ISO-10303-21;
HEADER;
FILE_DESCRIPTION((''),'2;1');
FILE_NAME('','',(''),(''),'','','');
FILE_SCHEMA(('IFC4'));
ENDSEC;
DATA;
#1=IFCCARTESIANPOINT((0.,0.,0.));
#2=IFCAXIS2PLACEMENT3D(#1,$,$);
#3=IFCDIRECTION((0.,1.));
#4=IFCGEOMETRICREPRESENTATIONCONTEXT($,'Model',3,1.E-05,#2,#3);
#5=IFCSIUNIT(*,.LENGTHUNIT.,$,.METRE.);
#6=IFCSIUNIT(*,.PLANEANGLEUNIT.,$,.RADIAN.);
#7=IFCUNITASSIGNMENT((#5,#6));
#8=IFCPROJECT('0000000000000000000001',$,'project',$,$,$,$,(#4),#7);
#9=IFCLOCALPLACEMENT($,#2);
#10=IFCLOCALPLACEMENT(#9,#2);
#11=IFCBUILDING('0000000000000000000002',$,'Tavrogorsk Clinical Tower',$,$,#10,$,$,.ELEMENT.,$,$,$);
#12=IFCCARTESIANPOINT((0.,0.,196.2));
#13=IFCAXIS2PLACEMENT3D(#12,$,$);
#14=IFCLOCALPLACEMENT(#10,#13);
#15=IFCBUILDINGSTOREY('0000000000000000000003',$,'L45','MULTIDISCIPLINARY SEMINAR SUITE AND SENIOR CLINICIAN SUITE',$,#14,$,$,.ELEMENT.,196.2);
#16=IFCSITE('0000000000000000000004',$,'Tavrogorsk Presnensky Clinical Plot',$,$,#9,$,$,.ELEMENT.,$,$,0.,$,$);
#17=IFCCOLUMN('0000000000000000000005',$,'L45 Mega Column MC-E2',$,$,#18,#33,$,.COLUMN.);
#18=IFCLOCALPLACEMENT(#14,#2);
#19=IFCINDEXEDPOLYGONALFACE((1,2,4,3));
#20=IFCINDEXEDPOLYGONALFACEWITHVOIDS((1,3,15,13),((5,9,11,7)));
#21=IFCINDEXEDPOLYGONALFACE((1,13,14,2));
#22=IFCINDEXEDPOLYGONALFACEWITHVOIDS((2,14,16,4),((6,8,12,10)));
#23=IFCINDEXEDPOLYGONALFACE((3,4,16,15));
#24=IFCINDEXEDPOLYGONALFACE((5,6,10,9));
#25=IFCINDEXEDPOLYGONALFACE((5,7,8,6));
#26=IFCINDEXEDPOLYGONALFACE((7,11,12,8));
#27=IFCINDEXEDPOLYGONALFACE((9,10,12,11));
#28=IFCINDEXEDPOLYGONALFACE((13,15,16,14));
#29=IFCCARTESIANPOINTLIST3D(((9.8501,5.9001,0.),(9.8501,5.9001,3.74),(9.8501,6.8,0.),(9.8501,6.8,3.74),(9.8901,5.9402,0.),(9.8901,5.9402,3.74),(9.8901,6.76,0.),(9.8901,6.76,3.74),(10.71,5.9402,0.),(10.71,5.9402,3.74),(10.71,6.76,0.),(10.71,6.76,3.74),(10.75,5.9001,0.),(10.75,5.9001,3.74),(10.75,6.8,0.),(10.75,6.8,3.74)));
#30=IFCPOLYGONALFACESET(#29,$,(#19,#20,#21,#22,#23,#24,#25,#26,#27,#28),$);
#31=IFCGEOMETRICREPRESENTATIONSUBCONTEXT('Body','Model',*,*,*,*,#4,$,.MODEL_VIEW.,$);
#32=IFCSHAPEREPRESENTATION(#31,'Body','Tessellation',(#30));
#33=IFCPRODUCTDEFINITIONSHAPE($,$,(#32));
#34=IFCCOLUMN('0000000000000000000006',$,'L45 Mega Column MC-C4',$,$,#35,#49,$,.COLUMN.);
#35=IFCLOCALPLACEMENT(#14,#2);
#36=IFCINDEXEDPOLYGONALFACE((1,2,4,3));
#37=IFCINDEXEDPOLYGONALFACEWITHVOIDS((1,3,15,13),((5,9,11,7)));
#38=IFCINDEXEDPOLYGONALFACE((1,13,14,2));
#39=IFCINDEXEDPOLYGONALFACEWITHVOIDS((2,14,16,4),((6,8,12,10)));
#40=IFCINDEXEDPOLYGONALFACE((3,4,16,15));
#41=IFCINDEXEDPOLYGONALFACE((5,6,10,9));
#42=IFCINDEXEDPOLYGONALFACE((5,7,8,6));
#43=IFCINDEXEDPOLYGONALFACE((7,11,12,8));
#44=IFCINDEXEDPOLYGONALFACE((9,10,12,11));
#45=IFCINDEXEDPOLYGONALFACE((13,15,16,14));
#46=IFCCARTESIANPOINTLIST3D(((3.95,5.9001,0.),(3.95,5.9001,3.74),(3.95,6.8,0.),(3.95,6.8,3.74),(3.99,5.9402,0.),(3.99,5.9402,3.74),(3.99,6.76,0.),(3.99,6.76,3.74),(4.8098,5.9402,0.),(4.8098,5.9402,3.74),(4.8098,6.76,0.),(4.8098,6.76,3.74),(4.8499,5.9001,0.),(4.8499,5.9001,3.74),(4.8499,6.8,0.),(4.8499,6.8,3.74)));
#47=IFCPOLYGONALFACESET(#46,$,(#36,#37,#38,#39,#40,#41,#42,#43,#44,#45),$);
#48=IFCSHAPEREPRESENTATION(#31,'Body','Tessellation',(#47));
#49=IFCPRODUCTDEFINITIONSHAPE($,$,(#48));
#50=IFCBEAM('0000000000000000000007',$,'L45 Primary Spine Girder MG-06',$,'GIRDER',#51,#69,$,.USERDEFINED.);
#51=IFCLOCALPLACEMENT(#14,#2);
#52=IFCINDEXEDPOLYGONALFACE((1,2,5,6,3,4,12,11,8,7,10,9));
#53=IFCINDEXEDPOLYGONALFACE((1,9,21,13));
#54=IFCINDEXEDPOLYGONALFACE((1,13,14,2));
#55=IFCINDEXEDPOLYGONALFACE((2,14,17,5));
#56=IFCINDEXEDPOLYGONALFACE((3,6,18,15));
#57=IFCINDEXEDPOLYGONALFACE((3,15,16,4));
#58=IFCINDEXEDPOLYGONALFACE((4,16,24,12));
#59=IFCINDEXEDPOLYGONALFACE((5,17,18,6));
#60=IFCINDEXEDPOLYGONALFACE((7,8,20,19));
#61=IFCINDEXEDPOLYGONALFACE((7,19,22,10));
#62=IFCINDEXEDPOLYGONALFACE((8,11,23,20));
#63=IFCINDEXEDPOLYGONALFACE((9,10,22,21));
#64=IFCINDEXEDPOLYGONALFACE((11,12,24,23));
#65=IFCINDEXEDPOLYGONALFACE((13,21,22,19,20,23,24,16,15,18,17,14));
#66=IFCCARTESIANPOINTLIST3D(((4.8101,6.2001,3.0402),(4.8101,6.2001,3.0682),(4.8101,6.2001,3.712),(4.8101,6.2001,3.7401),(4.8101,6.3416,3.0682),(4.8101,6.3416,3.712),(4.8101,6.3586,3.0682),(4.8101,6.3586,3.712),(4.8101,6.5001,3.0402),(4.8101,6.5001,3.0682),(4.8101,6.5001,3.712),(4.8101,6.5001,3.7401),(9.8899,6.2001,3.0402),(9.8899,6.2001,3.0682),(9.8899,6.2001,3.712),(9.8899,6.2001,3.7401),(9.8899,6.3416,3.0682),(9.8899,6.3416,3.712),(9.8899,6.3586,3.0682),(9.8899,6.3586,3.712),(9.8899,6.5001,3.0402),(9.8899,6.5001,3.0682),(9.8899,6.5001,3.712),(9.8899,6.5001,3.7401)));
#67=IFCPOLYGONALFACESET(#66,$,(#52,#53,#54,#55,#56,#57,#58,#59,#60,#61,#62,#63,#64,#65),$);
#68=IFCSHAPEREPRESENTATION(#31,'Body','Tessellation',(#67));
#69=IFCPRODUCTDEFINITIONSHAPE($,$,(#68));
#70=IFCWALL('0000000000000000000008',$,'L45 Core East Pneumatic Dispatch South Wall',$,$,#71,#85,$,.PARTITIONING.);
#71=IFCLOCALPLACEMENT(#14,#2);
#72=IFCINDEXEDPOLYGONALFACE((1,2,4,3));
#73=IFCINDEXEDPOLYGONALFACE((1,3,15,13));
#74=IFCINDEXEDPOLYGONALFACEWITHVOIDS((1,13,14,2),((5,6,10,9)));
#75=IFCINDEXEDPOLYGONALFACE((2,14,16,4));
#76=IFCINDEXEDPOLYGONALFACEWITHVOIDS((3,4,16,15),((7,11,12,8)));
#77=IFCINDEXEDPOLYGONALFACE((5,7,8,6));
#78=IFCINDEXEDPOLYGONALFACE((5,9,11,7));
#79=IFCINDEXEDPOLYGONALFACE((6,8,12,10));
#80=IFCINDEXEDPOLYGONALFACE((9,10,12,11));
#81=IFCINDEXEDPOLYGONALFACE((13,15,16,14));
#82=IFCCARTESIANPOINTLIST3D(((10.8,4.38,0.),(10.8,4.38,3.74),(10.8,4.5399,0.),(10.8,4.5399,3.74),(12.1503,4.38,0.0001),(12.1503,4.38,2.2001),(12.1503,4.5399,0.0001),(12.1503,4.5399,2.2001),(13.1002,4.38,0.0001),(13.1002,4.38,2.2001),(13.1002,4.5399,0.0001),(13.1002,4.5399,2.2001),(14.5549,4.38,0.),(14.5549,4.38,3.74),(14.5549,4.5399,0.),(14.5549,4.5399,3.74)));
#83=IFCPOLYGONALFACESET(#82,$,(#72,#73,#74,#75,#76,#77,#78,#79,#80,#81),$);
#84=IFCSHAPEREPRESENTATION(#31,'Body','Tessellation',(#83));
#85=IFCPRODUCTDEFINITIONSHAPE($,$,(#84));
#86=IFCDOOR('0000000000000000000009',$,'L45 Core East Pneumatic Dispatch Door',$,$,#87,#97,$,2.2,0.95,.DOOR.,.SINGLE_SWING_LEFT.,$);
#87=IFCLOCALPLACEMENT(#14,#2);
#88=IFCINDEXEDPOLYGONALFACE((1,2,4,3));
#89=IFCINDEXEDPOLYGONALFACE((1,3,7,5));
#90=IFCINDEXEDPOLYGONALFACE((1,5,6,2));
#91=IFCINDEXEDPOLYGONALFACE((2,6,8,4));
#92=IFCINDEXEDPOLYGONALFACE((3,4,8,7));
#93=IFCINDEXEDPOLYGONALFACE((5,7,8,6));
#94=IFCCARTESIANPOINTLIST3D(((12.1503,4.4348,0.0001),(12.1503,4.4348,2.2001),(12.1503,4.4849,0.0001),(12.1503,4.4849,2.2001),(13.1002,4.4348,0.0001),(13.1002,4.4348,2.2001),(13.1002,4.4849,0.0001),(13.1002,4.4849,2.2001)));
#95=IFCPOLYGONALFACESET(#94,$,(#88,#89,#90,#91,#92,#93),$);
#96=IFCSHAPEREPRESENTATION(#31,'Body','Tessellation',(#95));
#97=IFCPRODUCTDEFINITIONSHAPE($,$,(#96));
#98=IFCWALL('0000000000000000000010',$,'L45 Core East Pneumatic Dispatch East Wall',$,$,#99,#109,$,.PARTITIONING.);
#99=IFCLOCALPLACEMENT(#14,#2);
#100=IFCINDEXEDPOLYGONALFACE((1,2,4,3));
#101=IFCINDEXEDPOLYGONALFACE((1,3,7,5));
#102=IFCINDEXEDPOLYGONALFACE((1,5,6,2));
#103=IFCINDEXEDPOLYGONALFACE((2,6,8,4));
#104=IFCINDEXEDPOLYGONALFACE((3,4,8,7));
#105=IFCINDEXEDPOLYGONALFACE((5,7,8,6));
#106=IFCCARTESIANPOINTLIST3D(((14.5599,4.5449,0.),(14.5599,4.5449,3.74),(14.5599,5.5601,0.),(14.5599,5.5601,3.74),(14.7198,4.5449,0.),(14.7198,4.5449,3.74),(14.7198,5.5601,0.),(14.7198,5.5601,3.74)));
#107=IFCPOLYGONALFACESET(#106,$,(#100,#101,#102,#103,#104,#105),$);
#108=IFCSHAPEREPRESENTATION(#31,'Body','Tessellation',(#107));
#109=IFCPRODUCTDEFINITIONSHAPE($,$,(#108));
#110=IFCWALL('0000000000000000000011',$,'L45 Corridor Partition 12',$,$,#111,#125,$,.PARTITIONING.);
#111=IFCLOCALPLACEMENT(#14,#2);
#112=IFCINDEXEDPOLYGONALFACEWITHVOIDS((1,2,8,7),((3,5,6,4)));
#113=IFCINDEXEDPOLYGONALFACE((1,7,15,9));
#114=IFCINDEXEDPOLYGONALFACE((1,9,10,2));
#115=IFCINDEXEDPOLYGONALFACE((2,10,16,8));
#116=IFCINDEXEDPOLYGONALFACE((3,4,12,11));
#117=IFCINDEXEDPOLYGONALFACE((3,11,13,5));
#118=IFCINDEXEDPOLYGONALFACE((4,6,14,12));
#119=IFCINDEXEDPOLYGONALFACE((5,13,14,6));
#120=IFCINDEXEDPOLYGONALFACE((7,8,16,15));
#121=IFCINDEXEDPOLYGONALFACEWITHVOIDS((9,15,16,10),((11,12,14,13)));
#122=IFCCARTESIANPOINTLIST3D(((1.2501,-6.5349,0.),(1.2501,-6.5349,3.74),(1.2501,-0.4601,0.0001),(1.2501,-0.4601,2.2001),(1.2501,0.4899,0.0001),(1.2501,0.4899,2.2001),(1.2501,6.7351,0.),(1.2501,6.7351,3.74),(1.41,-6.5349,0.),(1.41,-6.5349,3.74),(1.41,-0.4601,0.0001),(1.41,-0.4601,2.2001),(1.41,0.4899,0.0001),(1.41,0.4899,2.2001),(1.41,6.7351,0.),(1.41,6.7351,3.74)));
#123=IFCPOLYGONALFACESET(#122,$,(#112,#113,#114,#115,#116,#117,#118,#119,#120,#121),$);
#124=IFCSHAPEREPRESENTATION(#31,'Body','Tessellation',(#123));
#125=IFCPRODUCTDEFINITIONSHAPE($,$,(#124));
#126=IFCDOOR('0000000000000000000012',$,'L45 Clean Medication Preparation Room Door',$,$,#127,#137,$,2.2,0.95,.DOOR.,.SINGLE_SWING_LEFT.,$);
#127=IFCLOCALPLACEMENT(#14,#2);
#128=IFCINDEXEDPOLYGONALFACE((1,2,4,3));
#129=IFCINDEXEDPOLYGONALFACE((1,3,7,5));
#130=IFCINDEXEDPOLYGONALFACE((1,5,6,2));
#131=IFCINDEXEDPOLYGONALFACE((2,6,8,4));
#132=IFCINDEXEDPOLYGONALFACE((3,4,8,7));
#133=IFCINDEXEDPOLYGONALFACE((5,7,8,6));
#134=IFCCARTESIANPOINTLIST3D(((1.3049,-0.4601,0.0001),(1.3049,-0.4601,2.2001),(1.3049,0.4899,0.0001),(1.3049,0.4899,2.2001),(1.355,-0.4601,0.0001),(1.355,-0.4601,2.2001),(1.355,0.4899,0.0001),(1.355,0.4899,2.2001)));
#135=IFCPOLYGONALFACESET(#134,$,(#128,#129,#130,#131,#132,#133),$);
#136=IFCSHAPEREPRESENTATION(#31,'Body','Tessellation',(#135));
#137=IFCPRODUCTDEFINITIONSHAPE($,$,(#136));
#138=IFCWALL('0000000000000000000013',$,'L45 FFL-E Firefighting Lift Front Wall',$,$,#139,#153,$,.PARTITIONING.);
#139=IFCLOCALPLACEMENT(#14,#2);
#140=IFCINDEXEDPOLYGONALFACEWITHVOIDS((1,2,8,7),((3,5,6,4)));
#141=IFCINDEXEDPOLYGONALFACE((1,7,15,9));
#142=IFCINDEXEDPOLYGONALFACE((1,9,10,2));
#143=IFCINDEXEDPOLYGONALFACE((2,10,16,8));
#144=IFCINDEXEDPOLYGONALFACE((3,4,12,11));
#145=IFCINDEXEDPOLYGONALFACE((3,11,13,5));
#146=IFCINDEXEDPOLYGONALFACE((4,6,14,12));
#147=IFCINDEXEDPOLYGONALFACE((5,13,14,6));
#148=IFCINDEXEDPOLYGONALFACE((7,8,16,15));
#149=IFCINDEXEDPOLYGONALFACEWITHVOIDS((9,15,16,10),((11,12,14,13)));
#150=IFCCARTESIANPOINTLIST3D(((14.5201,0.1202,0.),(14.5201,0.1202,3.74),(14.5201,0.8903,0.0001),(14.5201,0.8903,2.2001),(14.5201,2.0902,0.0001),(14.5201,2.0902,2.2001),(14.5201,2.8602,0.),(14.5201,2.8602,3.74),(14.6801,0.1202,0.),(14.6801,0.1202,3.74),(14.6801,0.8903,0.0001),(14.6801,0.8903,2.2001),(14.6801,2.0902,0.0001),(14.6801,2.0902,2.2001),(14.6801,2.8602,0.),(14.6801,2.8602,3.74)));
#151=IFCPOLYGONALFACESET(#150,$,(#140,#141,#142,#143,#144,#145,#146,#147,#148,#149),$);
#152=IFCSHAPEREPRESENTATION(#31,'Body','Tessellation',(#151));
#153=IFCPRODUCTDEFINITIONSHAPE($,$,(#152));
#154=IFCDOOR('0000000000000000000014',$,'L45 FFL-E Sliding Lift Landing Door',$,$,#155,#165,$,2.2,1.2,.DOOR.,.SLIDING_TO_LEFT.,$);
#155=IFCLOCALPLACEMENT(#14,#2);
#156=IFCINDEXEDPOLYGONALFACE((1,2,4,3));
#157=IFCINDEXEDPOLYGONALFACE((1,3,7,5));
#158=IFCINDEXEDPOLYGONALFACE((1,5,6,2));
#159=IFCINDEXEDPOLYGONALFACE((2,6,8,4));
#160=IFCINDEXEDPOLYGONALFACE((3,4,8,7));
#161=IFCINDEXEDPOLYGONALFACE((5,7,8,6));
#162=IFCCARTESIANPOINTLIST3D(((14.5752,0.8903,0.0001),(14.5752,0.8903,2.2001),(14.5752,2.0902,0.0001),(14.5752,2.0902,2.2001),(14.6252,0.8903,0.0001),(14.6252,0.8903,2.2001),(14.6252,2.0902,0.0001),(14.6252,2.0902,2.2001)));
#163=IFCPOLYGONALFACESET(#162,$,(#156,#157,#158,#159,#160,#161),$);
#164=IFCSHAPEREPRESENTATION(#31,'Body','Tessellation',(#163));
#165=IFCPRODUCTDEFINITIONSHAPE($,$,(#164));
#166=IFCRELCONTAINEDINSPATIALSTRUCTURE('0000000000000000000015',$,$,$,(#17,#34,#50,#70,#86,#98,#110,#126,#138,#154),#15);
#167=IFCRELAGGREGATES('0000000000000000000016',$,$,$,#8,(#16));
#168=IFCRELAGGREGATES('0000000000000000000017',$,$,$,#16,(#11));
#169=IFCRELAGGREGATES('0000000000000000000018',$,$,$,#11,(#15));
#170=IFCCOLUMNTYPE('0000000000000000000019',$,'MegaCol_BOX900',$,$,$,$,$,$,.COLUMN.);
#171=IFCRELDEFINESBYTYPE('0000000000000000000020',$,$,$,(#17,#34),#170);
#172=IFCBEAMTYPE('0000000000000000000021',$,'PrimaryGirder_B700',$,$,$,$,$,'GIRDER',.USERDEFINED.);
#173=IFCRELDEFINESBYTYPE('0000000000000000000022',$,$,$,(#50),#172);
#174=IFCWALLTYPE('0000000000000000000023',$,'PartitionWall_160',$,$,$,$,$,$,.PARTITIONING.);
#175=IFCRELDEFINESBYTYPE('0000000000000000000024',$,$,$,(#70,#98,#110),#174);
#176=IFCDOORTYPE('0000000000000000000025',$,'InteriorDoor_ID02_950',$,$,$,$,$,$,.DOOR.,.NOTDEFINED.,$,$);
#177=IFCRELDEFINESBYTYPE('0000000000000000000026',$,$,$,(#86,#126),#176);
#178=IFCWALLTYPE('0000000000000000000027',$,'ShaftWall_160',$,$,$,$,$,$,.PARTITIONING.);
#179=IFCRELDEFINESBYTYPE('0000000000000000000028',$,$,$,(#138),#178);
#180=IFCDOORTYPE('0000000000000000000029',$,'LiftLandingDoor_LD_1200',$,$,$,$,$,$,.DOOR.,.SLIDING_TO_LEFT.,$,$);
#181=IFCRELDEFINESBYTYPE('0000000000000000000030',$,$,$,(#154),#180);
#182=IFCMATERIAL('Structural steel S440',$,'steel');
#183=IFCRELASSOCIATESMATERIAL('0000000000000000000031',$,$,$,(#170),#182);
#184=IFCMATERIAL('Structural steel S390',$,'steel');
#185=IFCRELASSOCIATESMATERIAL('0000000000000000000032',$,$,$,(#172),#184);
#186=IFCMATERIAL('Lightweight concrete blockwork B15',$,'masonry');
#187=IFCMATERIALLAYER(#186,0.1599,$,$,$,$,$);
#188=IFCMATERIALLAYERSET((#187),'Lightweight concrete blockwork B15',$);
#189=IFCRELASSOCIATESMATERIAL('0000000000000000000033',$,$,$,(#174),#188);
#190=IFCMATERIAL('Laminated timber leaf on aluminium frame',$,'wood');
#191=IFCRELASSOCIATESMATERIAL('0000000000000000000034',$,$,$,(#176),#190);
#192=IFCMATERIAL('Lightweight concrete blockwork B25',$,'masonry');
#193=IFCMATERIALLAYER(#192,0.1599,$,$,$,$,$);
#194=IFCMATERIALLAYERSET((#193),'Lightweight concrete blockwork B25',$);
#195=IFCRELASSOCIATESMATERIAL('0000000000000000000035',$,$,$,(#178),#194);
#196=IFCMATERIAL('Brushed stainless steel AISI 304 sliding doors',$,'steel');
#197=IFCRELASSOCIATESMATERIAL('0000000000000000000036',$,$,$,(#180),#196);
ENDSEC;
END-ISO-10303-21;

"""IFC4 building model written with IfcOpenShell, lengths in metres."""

from ifc_helpers import new_model, si_unit, direction, frame, frame_2d, origin, origin_2d, place, context, subcontext, project, spatial, rectangle, hollow_rectangle, i_section, extrude, material, layer, layer_set, material_profile, profile_set, type_object, element, fill, save


model = new_model("IFC4")

# Units and contexts
model_context = context("Model", 3, precision=1e-05, world=origin(), true_north=direction((0.0, 1.0)))
body_context = subcontext(model_context, "Body", "Model", "MODEL_VIEW")
ifc_project = project(units=[si_unit("LENGTHUNIT", "METRE"), si_unit("PLANEANGLEUNIT", "RADIAN")], contexts=[model_context])

# Site, building, storey
site_placement = place(None, origin())
site = spatial("IfcSite", under=ifc_project, at=site_placement, Name="Tavrogorsk Presnensky Clinical Plot", CompositionType="ELEMENT", RefElevation=0.0)
building_placement = place(site_placement, origin())
building = spatial("IfcBuilding", under=site, at=building_placement, Name="Tavrogorsk Clinical Tower", CompositionType="ELEMENT")
storey_placement = place(building_placement, frame((0.0, 0.0, 196.2)))
storey = spatial("IfcBuildingStorey", under=building, at=storey_placement, Name="L45", Description="MULTIDISCIPLINARY SEMINAR SUITE AND SENIOR CLINICIAN SUITE", CompositionType="ELEMENT", Elevation=196.2)

# Columns
ifc_material_1 = material(Name="Structural steel S440", Category="steel")
ifc_material_profile_1 = material_profile(ifc_material_1, hollow_rectangle(XDim=0.8999, YDim=0.8999, WallThickness=0.04, at=origin_2d()), Name="BOX-900x900x40")
ifc_profile_set_1 = profile_set([ifc_material_profile_1], Name="Structural steel S440")
column_type = type_object("IfcColumnType", Name="MegaCol_BOX900", PredefinedType="COLUMN", material=ifc_profile_set_1)
for number, where, z_axis, x_axis, name in (
    (1, (10.3, 6.3501, 0.0), (0.0, 0.0, 1.0), (1.0, 0.0, 0.0), "L45 Mega Column MC-E2"),
    (2, (4.3999, 6.3501, 0.0), (0.0, 0.0, 1.0), (1.0, 0.0, 0.0), "L45 Mega Column MC-C4"),
):
    element("IfcColumn", number, at=place(storey_placement, frame(where, z_axis=z_axis, x_axis=x_axis)), inside=storey, type_object=column_type, Name=name, PredefinedType="COLUMN", context=body_context, shape_type="SweptSolid", body=[
        extrude(hollow_rectangle(XDim=0.8999, YDim=0.8999, WallThickness=0.04, at=origin_2d()), origin(), (0.0, 0.0, 1.0), 3.74),
    ])

# Beam
ifc_material_2 = material(Name="Structural steel S390", Category="steel")
ifc_material_profile_2 = material_profile(ifc_material_2, i_section(OverallWidth=0.3, OverallDepth=0.7, WebThickness=0.0171, FlangeThickness=0.0281, at=origin_2d()), Name="B-700x300x17x28")
ifc_profile_set_2 = profile_set([ifc_material_profile_2], Name="Structural steel S390")
beam_type = type_object("IfcBeamType", Name="PrimaryGirder_B700", ElementType="GIRDER", PredefinedType="USERDEFINED", material=ifc_profile_set_2)
beam_placement = place(storey_placement, frame((4.8101, 6.3501, 3.3901), z_axis=(1.0, 0.0, 0.0), x_axis=(0.0, 1.0, 0.0)))
element("IfcBeam", 3, at=beam_placement, inside=storey, type_object=beam_type, Name="L45 Primary Spine Girder MG-06", ObjectType="GIRDER", PredefinedType="USERDEFINED", context=body_context, shape_type="SweptSolid", body=[
    extrude(i_section(OverallWidth=0.3, OverallDepth=0.7, WebThickness=0.0171, FlangeThickness=0.0281, at=origin_2d()), origin(), (0.0, 0.0, 1.0), 5.0798),
])

# Wall, opening, door
ifc_material_3 = material(Name="Lightweight concrete blockwork B15", Category="masonry")
ifc_layer_1 = layer(ifc_material_3, 0.1599)
ifc_layer_set_1 = layer_set([ifc_layer_1], Name="Lightweight concrete blockwork B15")
wall_type_1 = type_object("IfcWallType", Name="PartitionWall_160", PredefinedType="PARTITIONING", material=ifc_layer_set_1)
wall_1_placement = place(storey_placement, frame((10.8, 4.46, 0.0), z_axis=(0.0, 0.0, 1.0), x_axis=(1.0, 0.0, 0.0)))
wall_1 = element("IfcWall", 4, at=wall_1_placement, inside=storey, type_object=wall_type_1, Name="L45 Core East Pneumatic Dispatch South Wall", PredefinedType="PARTITIONING", context=body_context, shape_type="SweptSolid", body=[
    extrude(rectangle(XDim=3.7549, YDim=0.1599, at=frame_2d((1.8774, 0.0))), origin(), (0.0, 0.0, 1.0), 3.74),
])
opening_1_placement = place(wall_1_placement, frame((1.3501, 0.0, 0.0)))
opening_1 = element("IfcOpeningElement", 5, at=opening_1_placement, cuts=wall_1, PredefinedType="OPENING", context=body_context, shape_type="SweptSolid", body=[
    extrude(rectangle(XDim=0.95, YDim=2.2, at=frame_2d((0.4751, 1.1001))), frame((0.0, 0.0898, 0.0), z_axis=(0.0, -1.0, 0.0), x_axis=(1.0, 0.0, 0.0)), (0.0, 0.0, 1.0), 0.1799),
])
ifc_material_4 = material(Name="Laminated timber leaf on aluminium frame", Category="wood")
door_type_1 = type_object("IfcDoorType", Name="InteriorDoor_ID02_950", OperationType="NOTDEFINED", PredefinedType="DOOR", material=ifc_material_4)
door_1_placement = place(opening_1_placement, origin())
door_1 = element("IfcDoor", 6, at=door_1_placement, inside=storey, type_object=door_type_1, Name="L45 Core East Pneumatic Dispatch Door", OperationType="SINGLE_SWING_LEFT", OverallHeight=2.2, OverallWidth=0.95, PredefinedType="DOOR", context=body_context, shape_type="SweptSolid", body=[
    extrude(rectangle(XDim=0.95, YDim=2.2, at=frame_2d((0.4751, 1.1001))), frame((0.0, 0.0249, 0.0), z_axis=(0.0, -1.0, 0.0), x_axis=(1.0, 0.0, 0.0)), (0.0, 0.0, 1.0), 0.05),
])
fill(opening_1, door_1)

# Wall
wall_2_placement = place(storey_placement, frame((14.6399, 4.5449, 0.0), z_axis=(0.0, 0.0, 1.0), x_axis=(0.0, 1.0, 0.0)))
element("IfcWall", 7, at=wall_2_placement, inside=storey, type_object=wall_type_1, Name="L45 Core East Pneumatic Dispatch East Wall", PredefinedType="PARTITIONING", context=body_context, shape_type="SweptSolid", body=[
    extrude(rectangle(XDim=1.0151, YDim=0.1599, at=frame_2d((0.5076, 0.0))), origin(), (0.0, 0.0, 1.0), 3.74),
])

# Walls, openings, doors
wall_3_placement = place(storey_placement, frame((1.3301, 6.7351, 0.0), z_axis=(0.0, 0.0, 1.0), x_axis=(0.0, -1.0, 0.0)))
wall_3 = element("IfcWall", 8, at=wall_3_placement, inside=storey, type_object=wall_type_1, Name="L45 Corridor Partition 12", PredefinedType="PARTITIONING", context=body_context, shape_type="SweptSolid", body=[
    extrude(rectangle(XDim=13.27, YDim=0.1599, at=frame_2d((6.635, 0.0))), origin(), (0.0, 0.0, 1.0), 3.74),
])
opening_2_placement = place(wall_3_placement, frame((6.2451, 0.0, 0.0)))
opening_2 = element("IfcOpeningElement", 9, at=opening_2_placement, cuts=wall_3, PredefinedType="OPENING", context=body_context, shape_type="SweptSolid", body=[
    extrude(rectangle(XDim=0.95, YDim=2.2, at=frame_2d((0.4751, 1.1001))), frame((0.0, 0.0898, 0.0), z_axis=(0.0, -1.0, 0.0), x_axis=(1.0, 0.0, 0.0)), (0.0, 0.0, 1.0), 0.1799),
])
door_2_placement = place(opening_2_placement, origin())
door_2 = element("IfcDoor", 10, at=door_2_placement, inside=storey, type_object=door_type_1, Name="L45 Clean Medication Preparation Room Door", OperationType="SINGLE_SWING_LEFT", OverallHeight=2.2, OverallWidth=0.95, PredefinedType="DOOR", context=body_context, shape_type="SweptSolid", body=[
    extrude(rectangle(XDim=0.95, YDim=2.2, at=frame_2d((0.4751, 1.1001))), frame((0.0, 0.0249, 0.0), z_axis=(0.0, -1.0, 0.0), x_axis=(1.0, 0.0, 0.0)), (0.0, 0.0, 1.0), 0.05),
])
fill(opening_2, door_2)
ifc_material_5 = material(Name="Lightweight concrete blockwork B25", Category="masonry")
ifc_layer_2 = layer(ifc_material_5, 0.1599)
ifc_layer_set_2 = layer_set([ifc_layer_2], Name="Lightweight concrete blockwork B25")
wall_type_2 = type_object("IfcWallType", Name="ShaftWall_160", PredefinedType="PARTITIONING", material=ifc_layer_set_2)
wall_4_placement = place(storey_placement, frame((14.6001, 0.1201, 0.0), z_axis=(0.0, 0.0, 1.0), x_axis=(0.0, 1.0, 0.0)))
wall_4 = element("IfcWall", 11, at=wall_4_placement, inside=storey, type_object=wall_type_2, Name="L45 FFL-E Firefighting Lift Front Wall", PredefinedType="PARTITIONING", context=body_context, shape_type="SweptSolid", body=[
    extrude(rectangle(XDim=2.74, YDim=0.1599, at=frame_2d((1.3701, 0.0))), origin(), (0.0, 0.0, 1.0), 3.74),
])
opening_3_placement = place(wall_4_placement, frame((0.77, 0.0, 0.0)))
opening_3 = element("IfcOpeningElement", 12, at=opening_3_placement, cuts=wall_4, PredefinedType="OPENING", context=body_context, shape_type="SweptSolid", body=[
    extrude(rectangle(XDim=1.2, YDim=2.2, at=frame_2d((0.6001, 1.1001))), frame((0.0, 0.0898, 0.0), z_axis=(0.0, -1.0, 0.0), x_axis=(1.0, 0.0, 0.0)), (0.0, 0.0, 1.0), 0.1799),
])
ifc_material_6 = material(Name="Brushed stainless steel AISI 304 sliding doors", Category="steel")
door_type_2 = type_object("IfcDoorType", Name="LiftLandingDoor_LD_1200", OperationType="SLIDING_TO_LEFT", PredefinedType="DOOR", material=ifc_material_6)
door_3_placement = place(opening_3_placement, origin())
door_3 = element("IfcDoor", 13, at=door_3_placement, inside=storey, type_object=door_type_2, Name="L45 FFL-E Sliding Lift Landing Door", OperationType="SLIDING_TO_LEFT", OverallHeight=2.2, OverallWidth=1.2, PredefinedType="DOOR", context=body_context, shape_type="SweptSolid", body=[
    extrude(rectangle(XDim=1.2, YDim=2.2, at=frame_2d((0.6001, 1.1001))), frame((0.0, 0.0249, 0.0), z_axis=(0.0, -1.0, 0.0), x_axis=(1.0, 0.0, 0.0)), (0.0, 0.0, 1.0), 0.05),
])
fill(opening_3, door_3)

save(model, "model.ifc")
